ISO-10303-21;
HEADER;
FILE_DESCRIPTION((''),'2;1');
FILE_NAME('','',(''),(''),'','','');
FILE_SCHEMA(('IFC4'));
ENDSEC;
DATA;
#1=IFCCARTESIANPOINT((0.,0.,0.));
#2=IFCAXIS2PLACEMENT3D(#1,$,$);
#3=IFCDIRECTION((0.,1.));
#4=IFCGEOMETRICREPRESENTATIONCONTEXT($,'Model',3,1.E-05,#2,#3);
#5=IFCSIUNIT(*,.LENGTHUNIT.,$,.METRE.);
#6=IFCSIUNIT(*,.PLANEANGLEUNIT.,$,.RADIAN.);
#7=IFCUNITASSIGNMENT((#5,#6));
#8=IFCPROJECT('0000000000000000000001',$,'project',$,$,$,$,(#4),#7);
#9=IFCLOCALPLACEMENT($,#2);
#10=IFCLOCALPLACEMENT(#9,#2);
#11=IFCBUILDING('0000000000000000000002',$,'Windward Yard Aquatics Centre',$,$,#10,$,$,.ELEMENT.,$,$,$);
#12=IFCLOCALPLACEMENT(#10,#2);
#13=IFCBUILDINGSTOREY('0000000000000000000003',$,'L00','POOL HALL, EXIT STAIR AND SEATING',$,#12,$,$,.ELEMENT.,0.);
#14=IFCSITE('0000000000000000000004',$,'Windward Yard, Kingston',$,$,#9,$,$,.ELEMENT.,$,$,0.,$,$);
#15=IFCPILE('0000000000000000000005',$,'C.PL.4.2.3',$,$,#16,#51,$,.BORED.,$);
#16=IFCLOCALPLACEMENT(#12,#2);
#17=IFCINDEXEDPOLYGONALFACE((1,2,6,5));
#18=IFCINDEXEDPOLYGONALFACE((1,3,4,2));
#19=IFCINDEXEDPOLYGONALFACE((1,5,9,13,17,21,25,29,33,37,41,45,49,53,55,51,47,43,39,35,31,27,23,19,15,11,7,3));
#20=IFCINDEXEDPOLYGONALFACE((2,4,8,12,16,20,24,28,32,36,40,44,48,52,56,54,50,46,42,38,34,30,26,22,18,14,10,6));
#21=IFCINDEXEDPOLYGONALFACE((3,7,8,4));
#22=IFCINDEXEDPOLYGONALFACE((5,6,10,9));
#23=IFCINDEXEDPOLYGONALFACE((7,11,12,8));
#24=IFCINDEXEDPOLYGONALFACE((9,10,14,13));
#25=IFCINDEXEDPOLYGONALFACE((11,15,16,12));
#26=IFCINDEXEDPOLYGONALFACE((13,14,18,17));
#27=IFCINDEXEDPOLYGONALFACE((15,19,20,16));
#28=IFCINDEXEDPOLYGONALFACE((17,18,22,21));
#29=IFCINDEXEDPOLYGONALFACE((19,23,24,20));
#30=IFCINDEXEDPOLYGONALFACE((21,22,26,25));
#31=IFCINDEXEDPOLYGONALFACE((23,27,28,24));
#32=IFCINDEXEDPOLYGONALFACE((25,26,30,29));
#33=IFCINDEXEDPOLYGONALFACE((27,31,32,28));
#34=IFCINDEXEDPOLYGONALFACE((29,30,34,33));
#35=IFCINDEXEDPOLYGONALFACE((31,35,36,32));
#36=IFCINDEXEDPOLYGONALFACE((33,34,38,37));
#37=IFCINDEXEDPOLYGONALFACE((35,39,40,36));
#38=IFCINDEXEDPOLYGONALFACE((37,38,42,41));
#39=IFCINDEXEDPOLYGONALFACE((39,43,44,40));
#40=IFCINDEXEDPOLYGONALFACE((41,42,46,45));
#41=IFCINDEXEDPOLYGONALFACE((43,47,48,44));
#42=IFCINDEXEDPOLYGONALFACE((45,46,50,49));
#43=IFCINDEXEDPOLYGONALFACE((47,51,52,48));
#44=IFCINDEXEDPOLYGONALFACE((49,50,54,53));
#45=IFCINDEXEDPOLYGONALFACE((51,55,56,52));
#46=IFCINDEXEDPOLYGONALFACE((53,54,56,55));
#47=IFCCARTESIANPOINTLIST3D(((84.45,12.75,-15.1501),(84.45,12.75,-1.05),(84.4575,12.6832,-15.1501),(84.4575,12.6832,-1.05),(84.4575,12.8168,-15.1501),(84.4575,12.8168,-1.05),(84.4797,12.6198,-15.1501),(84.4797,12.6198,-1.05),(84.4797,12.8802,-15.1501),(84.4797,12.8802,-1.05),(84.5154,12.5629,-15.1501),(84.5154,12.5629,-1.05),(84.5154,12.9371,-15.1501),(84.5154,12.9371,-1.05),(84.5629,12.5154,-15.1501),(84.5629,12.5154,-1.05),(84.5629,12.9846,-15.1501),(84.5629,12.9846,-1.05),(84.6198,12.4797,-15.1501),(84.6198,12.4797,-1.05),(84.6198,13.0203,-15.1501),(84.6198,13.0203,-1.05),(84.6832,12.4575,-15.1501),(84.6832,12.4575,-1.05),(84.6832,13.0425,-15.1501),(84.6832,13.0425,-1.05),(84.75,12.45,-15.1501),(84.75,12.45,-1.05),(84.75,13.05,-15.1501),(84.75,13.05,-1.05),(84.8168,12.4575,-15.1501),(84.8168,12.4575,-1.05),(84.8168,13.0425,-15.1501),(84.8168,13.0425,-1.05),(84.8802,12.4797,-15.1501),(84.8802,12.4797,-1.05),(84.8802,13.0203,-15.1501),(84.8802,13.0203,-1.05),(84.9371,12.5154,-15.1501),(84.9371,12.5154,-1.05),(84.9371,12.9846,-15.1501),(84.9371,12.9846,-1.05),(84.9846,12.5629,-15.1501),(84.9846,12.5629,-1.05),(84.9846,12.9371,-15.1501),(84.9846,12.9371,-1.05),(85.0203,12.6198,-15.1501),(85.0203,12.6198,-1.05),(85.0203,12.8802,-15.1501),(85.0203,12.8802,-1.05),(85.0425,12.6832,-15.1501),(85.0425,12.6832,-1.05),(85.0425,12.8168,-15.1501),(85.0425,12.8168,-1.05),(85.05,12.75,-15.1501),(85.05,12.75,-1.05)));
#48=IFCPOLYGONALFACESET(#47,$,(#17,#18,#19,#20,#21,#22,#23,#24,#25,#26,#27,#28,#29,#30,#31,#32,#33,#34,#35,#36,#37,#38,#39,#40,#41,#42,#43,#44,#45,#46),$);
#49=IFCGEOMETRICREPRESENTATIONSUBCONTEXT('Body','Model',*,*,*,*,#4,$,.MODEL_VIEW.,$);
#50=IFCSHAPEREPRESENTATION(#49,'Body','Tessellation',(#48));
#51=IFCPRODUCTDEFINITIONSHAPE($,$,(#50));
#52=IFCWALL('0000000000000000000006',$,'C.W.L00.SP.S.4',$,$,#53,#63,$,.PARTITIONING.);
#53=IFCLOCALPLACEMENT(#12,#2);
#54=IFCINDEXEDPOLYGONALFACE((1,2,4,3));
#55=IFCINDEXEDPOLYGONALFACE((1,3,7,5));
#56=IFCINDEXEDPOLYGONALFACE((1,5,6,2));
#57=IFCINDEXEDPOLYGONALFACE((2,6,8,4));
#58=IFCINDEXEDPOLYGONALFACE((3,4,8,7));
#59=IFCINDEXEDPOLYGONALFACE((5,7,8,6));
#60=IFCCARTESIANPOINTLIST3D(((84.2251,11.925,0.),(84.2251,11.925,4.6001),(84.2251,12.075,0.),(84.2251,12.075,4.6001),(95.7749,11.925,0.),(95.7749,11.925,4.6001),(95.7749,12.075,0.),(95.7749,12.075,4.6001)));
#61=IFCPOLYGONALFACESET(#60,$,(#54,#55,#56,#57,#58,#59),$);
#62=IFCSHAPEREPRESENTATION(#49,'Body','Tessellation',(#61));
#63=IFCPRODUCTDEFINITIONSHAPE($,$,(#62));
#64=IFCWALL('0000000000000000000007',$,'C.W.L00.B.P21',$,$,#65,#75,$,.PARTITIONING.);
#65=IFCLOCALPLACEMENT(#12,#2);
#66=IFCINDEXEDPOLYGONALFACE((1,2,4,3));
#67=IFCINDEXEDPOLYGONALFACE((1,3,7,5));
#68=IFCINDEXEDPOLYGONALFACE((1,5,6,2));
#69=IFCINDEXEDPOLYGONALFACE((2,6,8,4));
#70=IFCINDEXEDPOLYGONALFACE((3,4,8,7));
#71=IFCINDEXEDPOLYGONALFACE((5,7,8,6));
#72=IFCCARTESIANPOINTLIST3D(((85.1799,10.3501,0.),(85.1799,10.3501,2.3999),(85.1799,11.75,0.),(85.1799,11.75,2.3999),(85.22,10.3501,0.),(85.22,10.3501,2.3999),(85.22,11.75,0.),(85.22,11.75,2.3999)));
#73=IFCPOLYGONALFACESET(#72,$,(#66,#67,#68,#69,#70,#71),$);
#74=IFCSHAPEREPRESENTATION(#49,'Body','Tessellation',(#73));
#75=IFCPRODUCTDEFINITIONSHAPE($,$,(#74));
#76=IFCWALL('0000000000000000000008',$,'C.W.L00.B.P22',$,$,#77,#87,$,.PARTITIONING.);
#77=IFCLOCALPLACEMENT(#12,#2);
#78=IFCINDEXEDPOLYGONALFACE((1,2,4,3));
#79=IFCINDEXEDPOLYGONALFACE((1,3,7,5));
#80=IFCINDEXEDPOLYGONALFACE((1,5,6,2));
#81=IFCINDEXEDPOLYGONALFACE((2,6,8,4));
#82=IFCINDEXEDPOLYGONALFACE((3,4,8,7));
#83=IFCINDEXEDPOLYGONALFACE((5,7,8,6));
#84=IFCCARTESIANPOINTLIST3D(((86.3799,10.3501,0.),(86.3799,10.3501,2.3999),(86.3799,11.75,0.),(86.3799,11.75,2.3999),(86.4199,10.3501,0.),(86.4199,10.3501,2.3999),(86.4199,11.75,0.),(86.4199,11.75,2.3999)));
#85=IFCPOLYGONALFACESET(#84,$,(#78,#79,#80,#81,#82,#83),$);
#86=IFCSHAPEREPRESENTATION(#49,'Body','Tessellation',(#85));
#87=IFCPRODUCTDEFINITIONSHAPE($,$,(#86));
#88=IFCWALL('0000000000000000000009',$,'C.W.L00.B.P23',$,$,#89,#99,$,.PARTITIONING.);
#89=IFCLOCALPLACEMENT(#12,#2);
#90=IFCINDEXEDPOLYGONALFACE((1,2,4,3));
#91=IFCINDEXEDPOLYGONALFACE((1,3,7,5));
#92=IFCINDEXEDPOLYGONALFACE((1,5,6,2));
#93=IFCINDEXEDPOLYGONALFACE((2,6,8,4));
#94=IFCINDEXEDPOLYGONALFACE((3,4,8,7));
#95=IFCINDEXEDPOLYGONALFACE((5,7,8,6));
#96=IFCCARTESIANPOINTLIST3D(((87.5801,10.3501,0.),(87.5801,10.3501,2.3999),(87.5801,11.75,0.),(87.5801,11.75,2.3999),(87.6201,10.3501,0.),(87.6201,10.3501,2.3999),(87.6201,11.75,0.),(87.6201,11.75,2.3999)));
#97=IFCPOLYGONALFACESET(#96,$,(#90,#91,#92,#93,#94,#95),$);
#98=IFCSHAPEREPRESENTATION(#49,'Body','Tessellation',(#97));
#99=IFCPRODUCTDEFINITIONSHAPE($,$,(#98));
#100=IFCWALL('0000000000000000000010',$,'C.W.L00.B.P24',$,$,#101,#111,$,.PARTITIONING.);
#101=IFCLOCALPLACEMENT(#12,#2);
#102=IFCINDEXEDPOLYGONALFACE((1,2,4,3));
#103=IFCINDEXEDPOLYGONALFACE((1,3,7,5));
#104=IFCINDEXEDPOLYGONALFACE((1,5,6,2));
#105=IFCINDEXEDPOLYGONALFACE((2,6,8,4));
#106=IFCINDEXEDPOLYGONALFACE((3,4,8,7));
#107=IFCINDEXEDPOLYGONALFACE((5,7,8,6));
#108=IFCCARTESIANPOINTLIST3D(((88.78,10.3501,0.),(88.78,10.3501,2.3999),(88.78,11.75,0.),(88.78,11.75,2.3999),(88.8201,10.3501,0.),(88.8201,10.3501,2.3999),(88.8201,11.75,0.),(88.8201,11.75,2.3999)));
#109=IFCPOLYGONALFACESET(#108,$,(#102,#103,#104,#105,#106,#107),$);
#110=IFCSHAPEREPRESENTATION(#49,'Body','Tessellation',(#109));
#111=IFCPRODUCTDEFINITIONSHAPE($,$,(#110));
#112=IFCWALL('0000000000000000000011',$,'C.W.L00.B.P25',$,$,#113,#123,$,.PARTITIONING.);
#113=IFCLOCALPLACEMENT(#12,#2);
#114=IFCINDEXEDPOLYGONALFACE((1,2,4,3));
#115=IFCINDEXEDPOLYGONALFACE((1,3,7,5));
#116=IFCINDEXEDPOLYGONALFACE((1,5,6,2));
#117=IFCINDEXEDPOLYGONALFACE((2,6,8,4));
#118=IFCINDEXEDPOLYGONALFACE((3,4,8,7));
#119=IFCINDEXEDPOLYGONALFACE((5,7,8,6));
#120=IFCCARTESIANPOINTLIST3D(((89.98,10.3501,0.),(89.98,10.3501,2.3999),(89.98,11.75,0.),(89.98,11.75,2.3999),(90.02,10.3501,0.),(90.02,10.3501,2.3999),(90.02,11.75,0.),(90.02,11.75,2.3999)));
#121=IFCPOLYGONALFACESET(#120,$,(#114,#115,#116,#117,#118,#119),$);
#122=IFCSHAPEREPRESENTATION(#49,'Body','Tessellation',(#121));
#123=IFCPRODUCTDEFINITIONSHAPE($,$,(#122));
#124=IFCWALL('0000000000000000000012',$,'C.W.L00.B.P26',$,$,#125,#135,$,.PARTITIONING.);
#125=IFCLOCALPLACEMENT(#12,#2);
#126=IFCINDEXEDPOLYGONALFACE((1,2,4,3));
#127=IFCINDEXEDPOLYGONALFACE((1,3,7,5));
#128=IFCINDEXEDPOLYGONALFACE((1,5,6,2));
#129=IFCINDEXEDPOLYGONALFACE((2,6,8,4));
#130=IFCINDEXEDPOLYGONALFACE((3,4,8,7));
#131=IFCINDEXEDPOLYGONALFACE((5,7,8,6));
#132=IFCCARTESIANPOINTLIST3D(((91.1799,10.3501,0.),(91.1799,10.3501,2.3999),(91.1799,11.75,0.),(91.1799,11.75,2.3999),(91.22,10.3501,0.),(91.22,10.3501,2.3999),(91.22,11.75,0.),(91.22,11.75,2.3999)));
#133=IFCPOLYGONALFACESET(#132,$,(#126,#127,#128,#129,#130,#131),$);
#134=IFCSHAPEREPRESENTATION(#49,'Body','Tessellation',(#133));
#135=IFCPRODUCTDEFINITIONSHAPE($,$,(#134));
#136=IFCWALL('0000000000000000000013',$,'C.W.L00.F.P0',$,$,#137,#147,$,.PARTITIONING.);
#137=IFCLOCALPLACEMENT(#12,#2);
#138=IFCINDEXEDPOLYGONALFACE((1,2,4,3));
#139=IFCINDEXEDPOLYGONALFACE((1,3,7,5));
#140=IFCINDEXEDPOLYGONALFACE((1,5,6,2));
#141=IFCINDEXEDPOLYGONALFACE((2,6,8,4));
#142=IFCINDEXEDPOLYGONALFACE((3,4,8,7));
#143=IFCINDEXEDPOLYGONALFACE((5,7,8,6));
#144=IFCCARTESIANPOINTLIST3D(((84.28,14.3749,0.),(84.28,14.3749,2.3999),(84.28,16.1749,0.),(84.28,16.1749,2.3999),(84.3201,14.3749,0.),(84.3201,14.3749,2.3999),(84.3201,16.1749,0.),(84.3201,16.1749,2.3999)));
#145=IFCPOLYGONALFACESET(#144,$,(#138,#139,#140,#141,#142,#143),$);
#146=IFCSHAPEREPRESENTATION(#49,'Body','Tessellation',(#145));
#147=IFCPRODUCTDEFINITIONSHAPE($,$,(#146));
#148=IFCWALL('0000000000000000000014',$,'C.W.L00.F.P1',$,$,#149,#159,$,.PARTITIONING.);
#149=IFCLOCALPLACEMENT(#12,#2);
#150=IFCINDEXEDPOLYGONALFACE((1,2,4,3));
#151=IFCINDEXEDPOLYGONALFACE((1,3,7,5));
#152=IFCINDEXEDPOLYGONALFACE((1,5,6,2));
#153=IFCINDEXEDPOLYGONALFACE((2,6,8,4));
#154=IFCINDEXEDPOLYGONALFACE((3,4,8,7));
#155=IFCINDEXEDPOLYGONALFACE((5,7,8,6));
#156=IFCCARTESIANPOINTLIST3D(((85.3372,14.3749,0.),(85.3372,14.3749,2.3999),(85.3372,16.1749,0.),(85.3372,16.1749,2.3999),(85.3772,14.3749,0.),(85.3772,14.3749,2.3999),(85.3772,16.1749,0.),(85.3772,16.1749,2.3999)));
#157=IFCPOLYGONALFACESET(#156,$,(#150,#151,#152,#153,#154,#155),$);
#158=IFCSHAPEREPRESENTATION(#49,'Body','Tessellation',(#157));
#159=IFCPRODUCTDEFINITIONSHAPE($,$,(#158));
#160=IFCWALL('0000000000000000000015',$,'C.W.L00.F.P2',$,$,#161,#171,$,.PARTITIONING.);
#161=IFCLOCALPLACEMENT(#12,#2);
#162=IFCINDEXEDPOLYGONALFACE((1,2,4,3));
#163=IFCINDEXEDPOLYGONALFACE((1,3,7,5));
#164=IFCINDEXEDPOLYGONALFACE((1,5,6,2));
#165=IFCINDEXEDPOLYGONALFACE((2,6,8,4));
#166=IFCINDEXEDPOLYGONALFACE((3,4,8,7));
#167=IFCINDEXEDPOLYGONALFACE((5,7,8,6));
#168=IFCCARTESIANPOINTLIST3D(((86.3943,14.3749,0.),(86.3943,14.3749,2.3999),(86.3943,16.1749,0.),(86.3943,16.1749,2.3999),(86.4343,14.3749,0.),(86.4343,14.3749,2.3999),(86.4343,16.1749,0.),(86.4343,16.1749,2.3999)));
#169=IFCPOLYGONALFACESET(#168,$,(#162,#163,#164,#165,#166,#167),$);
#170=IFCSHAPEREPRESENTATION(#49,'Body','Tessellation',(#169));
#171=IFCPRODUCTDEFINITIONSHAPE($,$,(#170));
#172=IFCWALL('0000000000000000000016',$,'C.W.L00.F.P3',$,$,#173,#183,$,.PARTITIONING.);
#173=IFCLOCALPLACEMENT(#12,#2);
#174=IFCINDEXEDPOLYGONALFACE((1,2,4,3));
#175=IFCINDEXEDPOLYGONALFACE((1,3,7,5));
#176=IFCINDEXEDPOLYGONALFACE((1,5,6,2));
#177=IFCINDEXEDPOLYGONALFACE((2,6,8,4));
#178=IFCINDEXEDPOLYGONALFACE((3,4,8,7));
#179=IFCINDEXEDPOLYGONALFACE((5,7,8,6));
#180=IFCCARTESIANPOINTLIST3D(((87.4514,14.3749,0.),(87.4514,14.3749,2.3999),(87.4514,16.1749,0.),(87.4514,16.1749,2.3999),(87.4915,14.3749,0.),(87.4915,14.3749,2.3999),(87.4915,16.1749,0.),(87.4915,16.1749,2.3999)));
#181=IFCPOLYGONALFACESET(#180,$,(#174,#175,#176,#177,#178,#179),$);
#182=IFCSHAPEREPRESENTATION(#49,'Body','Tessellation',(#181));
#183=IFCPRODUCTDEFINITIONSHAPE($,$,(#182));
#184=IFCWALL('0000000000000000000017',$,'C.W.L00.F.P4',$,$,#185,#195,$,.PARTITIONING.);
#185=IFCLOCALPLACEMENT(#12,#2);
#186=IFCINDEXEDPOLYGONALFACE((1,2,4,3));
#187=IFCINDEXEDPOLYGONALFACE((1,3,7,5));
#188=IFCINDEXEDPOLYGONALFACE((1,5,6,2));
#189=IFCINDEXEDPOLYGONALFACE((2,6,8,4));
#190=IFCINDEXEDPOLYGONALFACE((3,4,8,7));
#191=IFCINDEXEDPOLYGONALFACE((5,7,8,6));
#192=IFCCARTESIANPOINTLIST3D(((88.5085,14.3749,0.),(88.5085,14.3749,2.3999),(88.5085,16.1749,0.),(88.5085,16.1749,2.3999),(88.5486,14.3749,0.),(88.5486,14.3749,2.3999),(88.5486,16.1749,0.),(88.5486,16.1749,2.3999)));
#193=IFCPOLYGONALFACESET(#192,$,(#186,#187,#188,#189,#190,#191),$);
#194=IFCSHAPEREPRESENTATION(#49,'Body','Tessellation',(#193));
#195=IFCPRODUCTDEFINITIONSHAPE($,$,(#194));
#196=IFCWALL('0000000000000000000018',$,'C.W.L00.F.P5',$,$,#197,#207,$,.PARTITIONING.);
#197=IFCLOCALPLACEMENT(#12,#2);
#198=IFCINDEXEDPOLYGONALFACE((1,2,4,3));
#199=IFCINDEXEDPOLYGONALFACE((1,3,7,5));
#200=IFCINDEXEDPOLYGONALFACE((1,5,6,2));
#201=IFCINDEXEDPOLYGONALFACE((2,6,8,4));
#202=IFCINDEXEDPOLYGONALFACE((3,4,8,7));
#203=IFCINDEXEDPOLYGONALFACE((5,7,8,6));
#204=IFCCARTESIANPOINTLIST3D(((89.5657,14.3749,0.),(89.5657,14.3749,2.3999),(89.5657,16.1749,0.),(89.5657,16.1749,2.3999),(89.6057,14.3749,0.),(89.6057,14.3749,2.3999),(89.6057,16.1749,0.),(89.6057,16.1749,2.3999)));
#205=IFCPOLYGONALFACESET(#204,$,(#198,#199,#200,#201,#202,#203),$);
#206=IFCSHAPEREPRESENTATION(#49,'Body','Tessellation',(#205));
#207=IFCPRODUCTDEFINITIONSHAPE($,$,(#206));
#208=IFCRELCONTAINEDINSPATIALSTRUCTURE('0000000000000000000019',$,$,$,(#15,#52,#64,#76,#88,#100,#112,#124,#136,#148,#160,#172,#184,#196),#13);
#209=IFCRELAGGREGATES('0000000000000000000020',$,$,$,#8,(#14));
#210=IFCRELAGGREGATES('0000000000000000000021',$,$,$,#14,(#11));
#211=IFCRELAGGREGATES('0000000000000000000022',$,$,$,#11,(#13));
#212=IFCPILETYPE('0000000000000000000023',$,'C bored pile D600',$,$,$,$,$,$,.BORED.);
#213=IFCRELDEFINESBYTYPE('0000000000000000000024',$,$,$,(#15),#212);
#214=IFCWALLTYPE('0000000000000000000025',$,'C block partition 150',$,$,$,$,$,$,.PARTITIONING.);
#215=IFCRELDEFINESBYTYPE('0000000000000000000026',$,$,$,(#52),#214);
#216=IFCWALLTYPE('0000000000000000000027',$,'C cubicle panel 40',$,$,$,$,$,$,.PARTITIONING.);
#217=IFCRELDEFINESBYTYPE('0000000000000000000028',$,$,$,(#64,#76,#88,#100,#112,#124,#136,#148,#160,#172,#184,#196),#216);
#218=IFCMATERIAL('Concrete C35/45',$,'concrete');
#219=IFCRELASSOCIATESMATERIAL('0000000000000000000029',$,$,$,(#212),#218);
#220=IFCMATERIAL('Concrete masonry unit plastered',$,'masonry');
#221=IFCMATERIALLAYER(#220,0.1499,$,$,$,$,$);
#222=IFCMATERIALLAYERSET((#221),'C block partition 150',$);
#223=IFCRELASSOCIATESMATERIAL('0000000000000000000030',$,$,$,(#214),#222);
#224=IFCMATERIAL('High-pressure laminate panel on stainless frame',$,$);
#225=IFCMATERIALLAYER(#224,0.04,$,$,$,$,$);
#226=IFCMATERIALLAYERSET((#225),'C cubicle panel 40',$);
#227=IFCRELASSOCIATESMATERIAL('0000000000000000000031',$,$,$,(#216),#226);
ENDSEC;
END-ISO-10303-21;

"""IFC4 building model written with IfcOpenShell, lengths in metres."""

from ifc_helpers import new_model, si_unit, direction, frame, frame_2d, origin, origin_2d, place, context, subcontext, project, spatial, rectangle, circle, extrude, material, layer, layer_set, material_profile, profile_set, type_object, element, save


model = new_model("IFC4")

# Units and contexts
model_context = context("Model", 3, precision=1e-05, world=origin(), true_north=direction((0.0, 1.0)))
body_context = subcontext(model_context, "Body", "Model", "MODEL_VIEW")
ifc_project = project(units=[si_unit("LENGTHUNIT", "METRE"), si_unit("PLANEANGLEUNIT", "RADIAN")], contexts=[model_context])

# Site, building, storey
site_placement = place(None, origin())
site = spatial("IfcSite", under=ifc_project, at=site_placement, Name="Windward Yard, Kingston", CompositionType="ELEMENT", RefElevation=0.0)
building_placement = place(site_placement, origin())
building = spatial("IfcBuilding", under=site, at=building_placement, Name="Windward Yard Aquatics Centre", CompositionType="ELEMENT")
storey_placement = place(building_placement, origin())
storey = spatial("IfcBuildingStorey", under=building, at=storey_placement, Name="L00", Description="POOL HALL, EXIT STAIR AND SEATING", CompositionType="ELEMENT", Elevation=0.0)

# Pile
ifc_material_1 = material(Name="Concrete C35/45", Category="concrete")
ifc_material_profile = material_profile(ifc_material_1, circle(Radius=0.3, at=origin_2d()), Name="RC D600")
ifc_profile_set = profile_set([ifc_material_profile], Name="Concrete C35/45")
pile_type = type_object("IfcPileType", Name="C bored pile D600", PredefinedType="BORED", material=ifc_profile_set)
pile_placement = place(storey_placement, frame((84.75, 12.75, -1.05), z_axis=(0.0, 0.0, -1.0), x_axis=(1.0, 0.0, 0.0)))
element("IfcPile", 1, at=pile_placement, inside=storey, type_object=pile_type, Name="C.PL.4.2.3", PredefinedType="BORED", context=body_context, shape_type="SweptSolid", body=[
    extrude(circle(Radius=0.3, at=origin_2d()), origin(), (0.0, 0.0, 1.0), 14.1001),
])

# Walls
ifc_material_2 = material(Name="Concrete masonry unit plastered", Category="masonry")
ifc_layer_1 = layer(ifc_material_2, 0.1499)
ifc_layer_set_1 = layer_set([ifc_layer_1], Name="C block partition 150")
wall_type_1 = type_object("IfcWallType", Name="C block partition 150", PredefinedType="PARTITIONING", material=ifc_layer_set_1)
wall_placement = place(storey_placement, frame((84.2251, 12.0, 0.0), z_axis=(0.0, 0.0, 1.0), x_axis=(1.0, 0.0, 0.0)))
element("IfcWall", 2, at=wall_placement, inside=storey, type_object=wall_type_1, Name="C.W.L00.SP.S.4", PredefinedType="PARTITIONING", context=body_context, shape_type="SweptSolid", body=[
    extrude(rectangle(XDim=11.5498, YDim=0.1499, at=frame_2d((5.7749, 0.0))), origin(), (0.0, 0.0, 1.0), 4.6001),
])
ifc_material_3 = material(Name="High-pressure laminate panel on stainless frame")
ifc_layer_2 = layer(ifc_material_3, 0.04)
ifc_layer_set_2 = layer_set([ifc_layer_2], Name="C cubicle panel 40")
wall_type_2 = type_object("IfcWallType", Name="C cubicle panel 40", PredefinedType="PARTITIONING", material=ifc_layer_set_2)
for number, where, z_axis, x_axis, name in (
    (3, (85.2, 11.75, 0.0), (0.0, 0.0, 1.0), (0.0, -1.0, 0.0), "C.W.L00.B.P21"),
    (4, (86.3999, 11.75, 0.0), (0.0, 0.0, 1.0), (0.0, -1.0, 0.0), "C.W.L00.B.P22"),
    (5, (87.6001, 11.75, 0.0), (0.0, 0.0, 1.0), (0.0, -1.0, 0.0), "C.W.L00.B.P23"),
    (6, (88.8, 11.75, 0.0), (0.0, 0.0, 1.0), (0.0, -1.0, 0.0), "C.W.L00.B.P24"),
    (7, (90.0, 11.75, 0.0), (0.0, 0.0, 1.0), (0.0, -1.0, 0.0), "C.W.L00.B.P25"),
    (8, (91.2, 11.75, 0.0), (0.0, 0.0, 1.0), (0.0, -1.0, 0.0), "C.W.L00.B.P26"),
):
    element("IfcWall", number, at=place(storey_placement, frame(where, z_axis=z_axis, x_axis=x_axis)), inside=storey, type_object=wall_type_2, Name=name, PredefinedType="PARTITIONING", context=body_context, shape_type="SweptSolid", body=[
        extrude(rectangle(XDim=1.3999, YDim=0.04, at=frame_2d((0.7, 0.0))), origin(), (0.0, 0.0, 1.0), 2.3999),
    ])
for number, where, z_axis, x_axis, name in (
    (9, (84.3, 14.375, 0.0), (0.0, 0.0, 1.0), (0.0, 1.0, 0.0), "C.W.L00.F.P0"),
    (10, (85.3572, 14.375, 0.0), (0.0, 0.0, 1.0), (0.0, 1.0, 0.0), "C.W.L00.F.P1"),
    (11, (86.4143, 14.375, 0.0), (0.0, 0.0, 1.0), (0.0, 1.0, 0.0), "C.W.L00.F.P2"),
    (12, (87.4714, 14.375, 0.0), (0.0, 0.0, 1.0), (0.0, 1.0, 0.0), "C.W.L00.F.P3"),
    (13, (88.5286, 14.375, 0.0), (0.0, 0.0, 1.0), (0.0, 1.0, 0.0), "C.W.L00.F.P4"),
    (14, (89.5857, 14.375, 0.0), (0.0, 0.0, 1.0), (0.0, 1.0, 0.0), "C.W.L00.F.P5"),
):
    element("IfcWall", number, at=place(storey_placement, frame(where, z_axis=z_axis, x_axis=x_axis)), inside=storey, type_object=wall_type_2, Name=name, PredefinedType="PARTITIONING", context=body_context, shape_type="SweptSolid", body=[
        extrude(rectangle(XDim=1.8, YDim=0.04, at=frame_2d((0.8999, 0.0))), origin(), (0.0, 0.0, 1.0), 2.3999),
    ])

save(model, "model.ifc")
